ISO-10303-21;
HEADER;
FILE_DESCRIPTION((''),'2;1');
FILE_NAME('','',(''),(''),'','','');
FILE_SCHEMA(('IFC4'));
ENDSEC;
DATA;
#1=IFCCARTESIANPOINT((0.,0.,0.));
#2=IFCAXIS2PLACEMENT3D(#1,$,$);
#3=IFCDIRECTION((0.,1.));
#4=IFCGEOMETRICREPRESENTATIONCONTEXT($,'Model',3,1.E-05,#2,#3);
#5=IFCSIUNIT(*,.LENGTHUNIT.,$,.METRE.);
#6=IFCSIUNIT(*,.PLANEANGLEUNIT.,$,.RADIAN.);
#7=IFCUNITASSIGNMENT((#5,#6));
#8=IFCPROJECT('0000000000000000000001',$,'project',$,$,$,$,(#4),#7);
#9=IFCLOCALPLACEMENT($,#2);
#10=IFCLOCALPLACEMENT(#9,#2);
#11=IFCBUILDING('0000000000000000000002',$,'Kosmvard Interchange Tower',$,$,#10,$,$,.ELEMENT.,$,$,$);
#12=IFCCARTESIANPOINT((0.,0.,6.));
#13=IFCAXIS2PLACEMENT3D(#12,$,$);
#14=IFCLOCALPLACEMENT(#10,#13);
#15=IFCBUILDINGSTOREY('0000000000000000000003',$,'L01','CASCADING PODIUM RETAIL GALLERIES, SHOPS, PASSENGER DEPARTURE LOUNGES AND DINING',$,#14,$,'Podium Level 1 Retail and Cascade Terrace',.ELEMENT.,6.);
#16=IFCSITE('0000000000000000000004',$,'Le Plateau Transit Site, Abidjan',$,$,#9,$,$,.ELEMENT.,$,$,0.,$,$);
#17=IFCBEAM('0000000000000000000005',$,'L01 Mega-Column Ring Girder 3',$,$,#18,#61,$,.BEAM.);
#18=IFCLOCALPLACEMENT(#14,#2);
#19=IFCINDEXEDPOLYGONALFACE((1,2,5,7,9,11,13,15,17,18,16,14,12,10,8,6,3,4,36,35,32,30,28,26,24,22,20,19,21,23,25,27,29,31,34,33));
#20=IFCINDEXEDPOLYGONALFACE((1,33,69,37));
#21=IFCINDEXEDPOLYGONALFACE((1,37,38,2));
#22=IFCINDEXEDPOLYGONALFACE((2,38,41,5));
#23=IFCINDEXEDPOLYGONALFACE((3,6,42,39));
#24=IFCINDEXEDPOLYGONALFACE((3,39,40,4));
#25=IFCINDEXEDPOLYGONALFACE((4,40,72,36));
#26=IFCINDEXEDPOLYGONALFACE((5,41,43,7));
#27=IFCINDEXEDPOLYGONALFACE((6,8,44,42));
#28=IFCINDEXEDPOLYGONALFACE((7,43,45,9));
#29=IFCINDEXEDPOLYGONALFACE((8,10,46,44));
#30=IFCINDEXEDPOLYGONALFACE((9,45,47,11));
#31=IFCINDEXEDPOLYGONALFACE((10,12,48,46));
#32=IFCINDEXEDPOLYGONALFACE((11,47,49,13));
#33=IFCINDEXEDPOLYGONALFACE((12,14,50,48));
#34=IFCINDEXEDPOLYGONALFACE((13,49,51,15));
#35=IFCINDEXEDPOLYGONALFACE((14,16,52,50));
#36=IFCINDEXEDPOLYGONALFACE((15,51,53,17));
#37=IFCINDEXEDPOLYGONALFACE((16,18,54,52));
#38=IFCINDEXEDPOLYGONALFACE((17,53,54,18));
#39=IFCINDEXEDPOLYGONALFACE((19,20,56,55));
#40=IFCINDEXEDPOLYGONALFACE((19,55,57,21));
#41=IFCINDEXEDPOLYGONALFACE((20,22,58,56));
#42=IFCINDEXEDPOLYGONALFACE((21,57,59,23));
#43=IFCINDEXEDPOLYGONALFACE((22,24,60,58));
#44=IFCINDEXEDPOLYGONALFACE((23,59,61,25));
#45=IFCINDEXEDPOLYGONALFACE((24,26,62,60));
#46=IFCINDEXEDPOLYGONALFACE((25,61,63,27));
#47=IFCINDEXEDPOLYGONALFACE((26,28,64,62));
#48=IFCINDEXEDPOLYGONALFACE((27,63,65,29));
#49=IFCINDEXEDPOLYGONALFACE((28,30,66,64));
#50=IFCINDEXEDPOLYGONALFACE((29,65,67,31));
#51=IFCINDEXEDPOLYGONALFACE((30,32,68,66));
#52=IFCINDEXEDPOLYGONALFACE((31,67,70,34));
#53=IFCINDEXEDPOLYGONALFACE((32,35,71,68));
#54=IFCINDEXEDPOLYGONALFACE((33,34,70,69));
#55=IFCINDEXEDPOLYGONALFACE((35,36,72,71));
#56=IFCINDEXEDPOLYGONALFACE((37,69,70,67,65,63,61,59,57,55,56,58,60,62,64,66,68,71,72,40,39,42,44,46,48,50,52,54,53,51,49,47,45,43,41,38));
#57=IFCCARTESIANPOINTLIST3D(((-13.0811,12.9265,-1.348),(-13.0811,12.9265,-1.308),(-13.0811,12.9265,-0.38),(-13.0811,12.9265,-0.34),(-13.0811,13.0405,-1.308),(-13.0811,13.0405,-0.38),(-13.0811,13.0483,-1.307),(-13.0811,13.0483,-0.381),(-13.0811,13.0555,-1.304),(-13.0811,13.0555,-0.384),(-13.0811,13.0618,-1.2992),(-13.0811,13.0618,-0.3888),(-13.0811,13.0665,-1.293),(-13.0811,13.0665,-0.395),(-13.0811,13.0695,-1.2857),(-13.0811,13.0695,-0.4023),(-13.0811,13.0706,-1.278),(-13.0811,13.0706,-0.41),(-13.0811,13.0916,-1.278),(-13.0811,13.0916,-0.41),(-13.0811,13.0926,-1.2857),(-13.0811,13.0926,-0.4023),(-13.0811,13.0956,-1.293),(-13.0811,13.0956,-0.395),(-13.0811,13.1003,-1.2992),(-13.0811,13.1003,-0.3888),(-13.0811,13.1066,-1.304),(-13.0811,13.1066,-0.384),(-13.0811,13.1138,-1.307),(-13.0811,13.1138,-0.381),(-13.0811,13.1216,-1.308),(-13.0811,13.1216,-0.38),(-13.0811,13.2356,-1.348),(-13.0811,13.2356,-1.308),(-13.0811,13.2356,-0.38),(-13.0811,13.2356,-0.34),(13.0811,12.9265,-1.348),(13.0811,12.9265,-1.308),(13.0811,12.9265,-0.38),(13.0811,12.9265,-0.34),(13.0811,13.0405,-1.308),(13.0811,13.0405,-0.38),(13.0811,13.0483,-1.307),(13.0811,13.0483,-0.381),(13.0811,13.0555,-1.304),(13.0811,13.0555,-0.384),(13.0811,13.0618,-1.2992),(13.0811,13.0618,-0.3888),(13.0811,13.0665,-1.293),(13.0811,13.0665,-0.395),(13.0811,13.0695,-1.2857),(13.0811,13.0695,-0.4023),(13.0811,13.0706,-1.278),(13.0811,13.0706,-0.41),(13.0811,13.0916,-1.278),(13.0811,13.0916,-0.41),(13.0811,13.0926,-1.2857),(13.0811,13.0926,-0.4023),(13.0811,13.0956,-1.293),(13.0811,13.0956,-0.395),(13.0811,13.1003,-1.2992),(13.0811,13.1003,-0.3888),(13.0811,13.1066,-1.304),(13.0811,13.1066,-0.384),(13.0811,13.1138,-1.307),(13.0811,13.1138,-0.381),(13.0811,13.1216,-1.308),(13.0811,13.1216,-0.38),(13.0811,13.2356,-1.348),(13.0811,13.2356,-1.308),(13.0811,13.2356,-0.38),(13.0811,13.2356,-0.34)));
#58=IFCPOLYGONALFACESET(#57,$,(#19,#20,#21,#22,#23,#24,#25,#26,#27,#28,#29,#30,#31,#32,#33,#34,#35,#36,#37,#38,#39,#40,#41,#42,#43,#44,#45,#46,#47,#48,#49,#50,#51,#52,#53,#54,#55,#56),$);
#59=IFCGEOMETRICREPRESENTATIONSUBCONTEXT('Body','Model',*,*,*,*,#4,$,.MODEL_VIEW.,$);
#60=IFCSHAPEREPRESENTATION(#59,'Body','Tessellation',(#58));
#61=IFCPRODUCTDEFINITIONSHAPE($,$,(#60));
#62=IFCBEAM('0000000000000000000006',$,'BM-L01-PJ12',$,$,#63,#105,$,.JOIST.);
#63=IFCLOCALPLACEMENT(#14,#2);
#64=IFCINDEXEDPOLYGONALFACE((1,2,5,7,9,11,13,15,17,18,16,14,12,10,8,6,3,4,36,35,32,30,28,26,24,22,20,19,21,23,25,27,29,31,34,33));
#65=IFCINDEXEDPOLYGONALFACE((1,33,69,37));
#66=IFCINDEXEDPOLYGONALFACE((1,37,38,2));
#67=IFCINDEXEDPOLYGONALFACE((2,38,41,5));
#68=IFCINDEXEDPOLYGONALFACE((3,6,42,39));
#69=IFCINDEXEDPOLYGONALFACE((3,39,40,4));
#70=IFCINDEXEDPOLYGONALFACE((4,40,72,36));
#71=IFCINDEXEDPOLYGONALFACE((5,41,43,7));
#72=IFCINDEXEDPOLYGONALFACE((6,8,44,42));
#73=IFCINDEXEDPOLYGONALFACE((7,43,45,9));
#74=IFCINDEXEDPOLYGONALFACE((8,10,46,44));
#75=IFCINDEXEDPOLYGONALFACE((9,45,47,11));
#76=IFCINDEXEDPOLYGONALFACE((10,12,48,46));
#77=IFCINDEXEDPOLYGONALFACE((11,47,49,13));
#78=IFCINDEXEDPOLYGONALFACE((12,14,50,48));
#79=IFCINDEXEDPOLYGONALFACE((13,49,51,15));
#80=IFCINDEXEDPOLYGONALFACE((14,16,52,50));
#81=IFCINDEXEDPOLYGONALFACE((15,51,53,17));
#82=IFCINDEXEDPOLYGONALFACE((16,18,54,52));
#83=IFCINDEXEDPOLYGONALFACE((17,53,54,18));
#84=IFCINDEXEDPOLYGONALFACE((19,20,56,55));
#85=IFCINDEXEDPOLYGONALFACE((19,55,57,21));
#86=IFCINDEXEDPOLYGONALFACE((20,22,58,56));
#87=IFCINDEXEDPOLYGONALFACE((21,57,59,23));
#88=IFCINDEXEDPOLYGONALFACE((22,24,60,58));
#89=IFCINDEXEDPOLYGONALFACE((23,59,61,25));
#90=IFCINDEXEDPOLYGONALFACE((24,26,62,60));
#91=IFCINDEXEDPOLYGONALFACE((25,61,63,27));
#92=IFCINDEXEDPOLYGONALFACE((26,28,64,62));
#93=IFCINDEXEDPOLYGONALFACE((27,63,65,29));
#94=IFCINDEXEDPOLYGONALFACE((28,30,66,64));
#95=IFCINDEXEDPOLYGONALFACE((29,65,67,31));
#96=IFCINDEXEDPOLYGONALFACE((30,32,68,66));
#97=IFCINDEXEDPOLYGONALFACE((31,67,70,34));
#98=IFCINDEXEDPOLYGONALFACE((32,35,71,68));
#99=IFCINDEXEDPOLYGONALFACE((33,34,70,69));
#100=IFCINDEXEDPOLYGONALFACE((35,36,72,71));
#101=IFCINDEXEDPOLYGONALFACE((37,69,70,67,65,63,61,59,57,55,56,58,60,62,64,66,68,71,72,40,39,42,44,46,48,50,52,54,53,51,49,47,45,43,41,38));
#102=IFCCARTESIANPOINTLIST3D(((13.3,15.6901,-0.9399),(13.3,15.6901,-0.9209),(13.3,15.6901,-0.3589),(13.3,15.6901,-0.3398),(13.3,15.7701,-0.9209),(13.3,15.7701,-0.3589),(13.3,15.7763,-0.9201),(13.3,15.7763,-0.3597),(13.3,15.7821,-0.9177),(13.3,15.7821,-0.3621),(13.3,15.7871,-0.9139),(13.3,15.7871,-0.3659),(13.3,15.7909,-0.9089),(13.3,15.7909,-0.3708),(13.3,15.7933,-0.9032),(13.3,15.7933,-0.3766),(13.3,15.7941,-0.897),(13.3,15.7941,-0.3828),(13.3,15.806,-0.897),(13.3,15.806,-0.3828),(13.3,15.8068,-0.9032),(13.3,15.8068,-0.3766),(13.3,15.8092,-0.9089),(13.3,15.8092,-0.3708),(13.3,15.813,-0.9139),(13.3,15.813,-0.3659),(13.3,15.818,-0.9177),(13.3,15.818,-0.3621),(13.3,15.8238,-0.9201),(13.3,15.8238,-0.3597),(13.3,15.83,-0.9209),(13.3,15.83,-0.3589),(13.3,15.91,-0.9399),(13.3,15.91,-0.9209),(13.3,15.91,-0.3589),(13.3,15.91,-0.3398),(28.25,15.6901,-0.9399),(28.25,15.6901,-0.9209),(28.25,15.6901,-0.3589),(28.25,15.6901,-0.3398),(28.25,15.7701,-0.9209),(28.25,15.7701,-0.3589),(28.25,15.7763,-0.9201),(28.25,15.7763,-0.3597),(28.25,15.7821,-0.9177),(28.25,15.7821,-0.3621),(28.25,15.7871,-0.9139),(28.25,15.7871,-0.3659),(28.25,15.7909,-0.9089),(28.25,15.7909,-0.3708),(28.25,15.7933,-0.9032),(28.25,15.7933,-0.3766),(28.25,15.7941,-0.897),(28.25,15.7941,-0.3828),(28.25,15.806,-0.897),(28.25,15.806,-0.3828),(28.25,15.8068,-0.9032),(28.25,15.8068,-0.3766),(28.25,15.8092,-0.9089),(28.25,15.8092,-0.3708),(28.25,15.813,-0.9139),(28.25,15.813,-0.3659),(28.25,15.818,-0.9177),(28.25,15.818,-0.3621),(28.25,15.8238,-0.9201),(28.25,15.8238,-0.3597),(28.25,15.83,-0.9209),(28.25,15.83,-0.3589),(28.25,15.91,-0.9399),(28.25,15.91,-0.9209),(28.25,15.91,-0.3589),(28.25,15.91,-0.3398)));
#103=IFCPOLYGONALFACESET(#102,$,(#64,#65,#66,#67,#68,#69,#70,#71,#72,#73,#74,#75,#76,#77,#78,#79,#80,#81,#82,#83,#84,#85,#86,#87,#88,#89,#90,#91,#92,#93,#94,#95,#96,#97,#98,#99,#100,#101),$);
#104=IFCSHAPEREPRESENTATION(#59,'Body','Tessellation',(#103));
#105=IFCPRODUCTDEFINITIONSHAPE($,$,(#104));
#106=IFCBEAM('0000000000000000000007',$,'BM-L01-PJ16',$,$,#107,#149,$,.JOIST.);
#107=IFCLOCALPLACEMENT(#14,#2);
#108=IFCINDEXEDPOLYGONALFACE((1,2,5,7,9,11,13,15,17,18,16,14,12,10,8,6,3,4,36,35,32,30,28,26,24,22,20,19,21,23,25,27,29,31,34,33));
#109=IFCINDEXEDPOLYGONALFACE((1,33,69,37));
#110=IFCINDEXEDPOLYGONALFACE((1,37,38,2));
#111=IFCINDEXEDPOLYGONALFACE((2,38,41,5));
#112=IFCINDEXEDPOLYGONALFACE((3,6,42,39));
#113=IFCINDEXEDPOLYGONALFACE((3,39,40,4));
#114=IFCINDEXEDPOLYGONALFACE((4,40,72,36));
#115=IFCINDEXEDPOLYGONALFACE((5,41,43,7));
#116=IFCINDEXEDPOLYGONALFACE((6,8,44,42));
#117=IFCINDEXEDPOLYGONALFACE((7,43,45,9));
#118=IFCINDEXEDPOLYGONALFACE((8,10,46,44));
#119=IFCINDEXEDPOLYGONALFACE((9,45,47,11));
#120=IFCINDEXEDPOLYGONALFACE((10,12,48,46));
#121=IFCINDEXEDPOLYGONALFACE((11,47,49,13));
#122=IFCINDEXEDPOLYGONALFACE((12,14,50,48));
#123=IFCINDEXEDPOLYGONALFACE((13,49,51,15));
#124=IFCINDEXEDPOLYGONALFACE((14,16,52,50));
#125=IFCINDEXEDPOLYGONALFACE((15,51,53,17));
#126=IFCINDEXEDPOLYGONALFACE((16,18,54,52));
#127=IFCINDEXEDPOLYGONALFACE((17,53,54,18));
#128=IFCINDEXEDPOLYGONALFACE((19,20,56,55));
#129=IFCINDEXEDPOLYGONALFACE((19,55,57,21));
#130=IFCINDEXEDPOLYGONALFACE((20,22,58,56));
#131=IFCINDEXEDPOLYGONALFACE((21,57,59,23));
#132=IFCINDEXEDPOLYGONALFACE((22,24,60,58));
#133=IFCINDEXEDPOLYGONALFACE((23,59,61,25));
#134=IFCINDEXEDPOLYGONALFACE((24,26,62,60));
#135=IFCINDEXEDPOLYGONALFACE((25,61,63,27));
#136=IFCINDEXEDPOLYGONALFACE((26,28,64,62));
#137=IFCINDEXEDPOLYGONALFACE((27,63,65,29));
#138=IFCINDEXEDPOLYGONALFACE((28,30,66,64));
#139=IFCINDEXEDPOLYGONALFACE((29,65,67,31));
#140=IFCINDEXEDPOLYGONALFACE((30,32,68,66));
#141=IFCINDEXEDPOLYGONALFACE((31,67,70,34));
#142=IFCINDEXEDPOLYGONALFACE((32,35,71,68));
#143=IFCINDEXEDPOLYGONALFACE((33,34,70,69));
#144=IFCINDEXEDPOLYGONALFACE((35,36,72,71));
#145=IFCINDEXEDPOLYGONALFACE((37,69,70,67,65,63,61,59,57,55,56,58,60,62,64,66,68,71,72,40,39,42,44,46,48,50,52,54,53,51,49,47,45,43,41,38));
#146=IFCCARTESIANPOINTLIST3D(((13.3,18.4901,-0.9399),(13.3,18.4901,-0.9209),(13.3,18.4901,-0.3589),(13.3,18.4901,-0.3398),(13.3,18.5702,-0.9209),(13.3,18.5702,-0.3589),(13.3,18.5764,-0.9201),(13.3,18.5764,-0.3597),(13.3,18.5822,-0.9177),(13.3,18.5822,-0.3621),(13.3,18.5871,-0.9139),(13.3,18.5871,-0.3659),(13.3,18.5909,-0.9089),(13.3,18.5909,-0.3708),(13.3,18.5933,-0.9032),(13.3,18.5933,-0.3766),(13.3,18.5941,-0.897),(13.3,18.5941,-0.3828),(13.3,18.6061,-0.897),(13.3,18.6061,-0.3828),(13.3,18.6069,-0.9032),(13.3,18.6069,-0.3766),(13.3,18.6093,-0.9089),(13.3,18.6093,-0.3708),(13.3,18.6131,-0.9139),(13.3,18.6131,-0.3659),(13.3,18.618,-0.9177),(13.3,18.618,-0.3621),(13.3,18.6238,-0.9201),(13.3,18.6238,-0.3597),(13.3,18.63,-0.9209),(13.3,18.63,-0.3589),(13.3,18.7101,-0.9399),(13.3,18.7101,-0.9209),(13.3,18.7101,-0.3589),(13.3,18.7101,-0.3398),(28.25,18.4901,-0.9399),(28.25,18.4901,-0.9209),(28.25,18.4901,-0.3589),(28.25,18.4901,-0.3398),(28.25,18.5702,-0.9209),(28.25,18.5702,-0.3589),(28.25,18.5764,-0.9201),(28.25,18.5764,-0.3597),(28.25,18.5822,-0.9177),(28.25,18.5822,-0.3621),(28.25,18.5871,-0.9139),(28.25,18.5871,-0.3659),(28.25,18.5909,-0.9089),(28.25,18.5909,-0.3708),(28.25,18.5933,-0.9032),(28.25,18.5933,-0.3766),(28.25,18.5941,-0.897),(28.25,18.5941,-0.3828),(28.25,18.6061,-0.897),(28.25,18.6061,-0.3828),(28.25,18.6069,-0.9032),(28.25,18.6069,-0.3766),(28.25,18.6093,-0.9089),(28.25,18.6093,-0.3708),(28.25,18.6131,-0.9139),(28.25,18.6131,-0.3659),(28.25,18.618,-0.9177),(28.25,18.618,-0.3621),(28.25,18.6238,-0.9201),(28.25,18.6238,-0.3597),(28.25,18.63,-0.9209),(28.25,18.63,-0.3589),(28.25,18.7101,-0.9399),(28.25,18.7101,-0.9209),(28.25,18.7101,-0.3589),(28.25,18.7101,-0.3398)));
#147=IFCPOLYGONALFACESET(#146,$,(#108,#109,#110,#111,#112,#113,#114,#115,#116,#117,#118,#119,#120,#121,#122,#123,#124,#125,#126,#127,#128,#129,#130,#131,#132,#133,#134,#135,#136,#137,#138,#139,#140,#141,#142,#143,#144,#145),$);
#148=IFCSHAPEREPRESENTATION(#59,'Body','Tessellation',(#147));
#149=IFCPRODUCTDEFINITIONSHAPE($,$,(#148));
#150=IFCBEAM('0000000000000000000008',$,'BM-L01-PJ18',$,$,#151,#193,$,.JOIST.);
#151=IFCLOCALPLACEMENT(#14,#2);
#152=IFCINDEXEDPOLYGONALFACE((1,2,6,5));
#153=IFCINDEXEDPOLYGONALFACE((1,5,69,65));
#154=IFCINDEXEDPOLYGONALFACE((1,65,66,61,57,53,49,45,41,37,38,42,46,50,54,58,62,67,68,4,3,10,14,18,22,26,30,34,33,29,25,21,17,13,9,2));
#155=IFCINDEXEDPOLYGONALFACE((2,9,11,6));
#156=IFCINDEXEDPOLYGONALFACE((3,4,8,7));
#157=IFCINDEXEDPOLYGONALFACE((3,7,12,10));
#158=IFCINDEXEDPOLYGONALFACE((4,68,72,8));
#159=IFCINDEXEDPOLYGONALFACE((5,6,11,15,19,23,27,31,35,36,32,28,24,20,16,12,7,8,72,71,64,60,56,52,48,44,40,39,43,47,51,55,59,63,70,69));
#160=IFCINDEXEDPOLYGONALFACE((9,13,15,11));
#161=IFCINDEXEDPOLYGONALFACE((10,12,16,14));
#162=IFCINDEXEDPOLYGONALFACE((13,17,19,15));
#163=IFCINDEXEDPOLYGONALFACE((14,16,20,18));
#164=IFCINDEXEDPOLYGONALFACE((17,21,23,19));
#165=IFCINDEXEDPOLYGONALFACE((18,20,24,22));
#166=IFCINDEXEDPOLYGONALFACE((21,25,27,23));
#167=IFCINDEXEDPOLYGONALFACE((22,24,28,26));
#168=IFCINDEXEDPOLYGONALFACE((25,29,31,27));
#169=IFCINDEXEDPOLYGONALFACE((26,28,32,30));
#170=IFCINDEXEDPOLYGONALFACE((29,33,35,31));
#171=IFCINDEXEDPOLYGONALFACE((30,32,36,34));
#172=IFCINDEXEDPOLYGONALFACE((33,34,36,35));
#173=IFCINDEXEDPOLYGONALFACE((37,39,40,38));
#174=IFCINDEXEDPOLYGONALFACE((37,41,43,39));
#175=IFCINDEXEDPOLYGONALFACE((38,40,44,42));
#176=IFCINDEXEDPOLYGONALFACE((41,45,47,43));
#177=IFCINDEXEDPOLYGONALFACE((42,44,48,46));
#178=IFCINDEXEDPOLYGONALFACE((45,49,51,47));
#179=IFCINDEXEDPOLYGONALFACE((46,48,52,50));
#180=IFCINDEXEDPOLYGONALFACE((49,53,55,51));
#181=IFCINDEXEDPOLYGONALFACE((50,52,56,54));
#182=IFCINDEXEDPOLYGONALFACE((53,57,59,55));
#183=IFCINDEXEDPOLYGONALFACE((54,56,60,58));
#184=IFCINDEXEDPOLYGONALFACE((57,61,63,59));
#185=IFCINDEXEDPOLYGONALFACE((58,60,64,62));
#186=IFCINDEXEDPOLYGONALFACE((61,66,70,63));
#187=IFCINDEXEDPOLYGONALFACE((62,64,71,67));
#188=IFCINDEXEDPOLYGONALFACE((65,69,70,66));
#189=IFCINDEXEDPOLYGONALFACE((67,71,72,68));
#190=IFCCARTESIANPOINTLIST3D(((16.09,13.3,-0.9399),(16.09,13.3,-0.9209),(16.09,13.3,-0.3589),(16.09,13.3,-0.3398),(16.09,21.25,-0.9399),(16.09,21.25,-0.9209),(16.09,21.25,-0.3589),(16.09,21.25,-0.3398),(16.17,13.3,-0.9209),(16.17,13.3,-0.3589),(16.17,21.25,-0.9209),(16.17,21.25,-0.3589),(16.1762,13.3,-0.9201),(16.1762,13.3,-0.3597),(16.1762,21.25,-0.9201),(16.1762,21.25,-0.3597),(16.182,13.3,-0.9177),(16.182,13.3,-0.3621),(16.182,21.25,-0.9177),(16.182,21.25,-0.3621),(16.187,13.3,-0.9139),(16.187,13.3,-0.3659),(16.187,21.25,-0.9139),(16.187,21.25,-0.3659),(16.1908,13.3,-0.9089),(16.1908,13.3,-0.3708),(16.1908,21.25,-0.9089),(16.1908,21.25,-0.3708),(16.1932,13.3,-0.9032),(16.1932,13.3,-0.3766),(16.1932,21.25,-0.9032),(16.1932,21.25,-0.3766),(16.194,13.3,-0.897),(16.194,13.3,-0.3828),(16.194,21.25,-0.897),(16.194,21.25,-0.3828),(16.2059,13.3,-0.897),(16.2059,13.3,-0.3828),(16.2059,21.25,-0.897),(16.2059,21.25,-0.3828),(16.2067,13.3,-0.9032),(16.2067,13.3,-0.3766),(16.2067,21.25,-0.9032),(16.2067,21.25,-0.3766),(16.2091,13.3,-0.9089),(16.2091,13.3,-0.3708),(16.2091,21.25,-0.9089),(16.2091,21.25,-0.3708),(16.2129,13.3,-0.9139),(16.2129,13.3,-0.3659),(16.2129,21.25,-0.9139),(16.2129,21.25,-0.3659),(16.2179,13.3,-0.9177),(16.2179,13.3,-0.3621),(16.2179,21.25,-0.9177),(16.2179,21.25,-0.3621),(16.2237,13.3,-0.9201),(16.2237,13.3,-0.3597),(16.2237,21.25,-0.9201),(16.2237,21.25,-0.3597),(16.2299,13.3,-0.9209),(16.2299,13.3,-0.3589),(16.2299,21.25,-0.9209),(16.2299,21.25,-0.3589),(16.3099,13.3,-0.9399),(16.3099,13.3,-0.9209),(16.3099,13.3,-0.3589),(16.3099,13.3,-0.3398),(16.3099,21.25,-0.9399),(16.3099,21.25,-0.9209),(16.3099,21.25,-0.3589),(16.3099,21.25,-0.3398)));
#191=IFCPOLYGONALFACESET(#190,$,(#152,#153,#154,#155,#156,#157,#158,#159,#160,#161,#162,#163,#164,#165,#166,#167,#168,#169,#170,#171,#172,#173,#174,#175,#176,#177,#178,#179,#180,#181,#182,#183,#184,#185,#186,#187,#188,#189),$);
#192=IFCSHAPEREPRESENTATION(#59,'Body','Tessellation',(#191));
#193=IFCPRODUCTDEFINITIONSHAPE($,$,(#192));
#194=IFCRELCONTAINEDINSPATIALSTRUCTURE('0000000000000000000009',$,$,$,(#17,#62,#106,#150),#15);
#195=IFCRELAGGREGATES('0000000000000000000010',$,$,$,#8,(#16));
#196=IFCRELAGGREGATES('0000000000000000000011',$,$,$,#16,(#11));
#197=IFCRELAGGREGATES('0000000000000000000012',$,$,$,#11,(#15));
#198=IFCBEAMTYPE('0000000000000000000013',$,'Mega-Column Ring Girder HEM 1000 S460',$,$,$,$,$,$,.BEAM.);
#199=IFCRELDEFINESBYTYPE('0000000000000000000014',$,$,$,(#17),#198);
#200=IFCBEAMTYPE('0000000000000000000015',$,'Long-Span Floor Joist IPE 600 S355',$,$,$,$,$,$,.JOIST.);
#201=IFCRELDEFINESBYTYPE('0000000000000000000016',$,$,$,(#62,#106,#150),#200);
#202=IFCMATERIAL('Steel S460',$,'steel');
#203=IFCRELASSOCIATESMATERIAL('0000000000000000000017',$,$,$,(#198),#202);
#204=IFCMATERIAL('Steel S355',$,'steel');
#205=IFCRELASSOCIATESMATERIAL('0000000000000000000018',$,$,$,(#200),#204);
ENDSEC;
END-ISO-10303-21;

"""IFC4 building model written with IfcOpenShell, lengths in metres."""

from ifc_helpers import new_model, si_unit, direction, frame, origin, origin_2d, place, context, subcontext, project, spatial, i_section, extrude, source, transform, mapped, material, material_profile, profile_set, type_object, element, save


model = new_model("IFC4")

# Units and contexts
model_context = context("Model", 3, precision=1e-05, world=origin(), true_north=direction((0.0, 1.0)))
body_context = subcontext(model_context, "Body", "Model", "MODEL_VIEW")
ifc_project = project(units=[si_unit("LENGTHUNIT", "METRE"), si_unit("PLANEANGLEUNIT", "RADIAN")], contexts=[model_context])

# Site, building, storey
site_placement = place(None, origin())
site = spatial("IfcSite", under=ifc_project, at=site_placement, Name="Le Plateau Transit Site, Abidjan", CompositionType="ELEMENT", RefElevation=0.0)
building_placement = place(site_placement, origin())
building = spatial("IfcBuilding", under=site, at=building_placement, Name="Kosmvard Interchange Tower", CompositionType="ELEMENT")
storey_placement = place(building_placement, frame((0.0, 0.0, 6.0)))
storey = spatial("IfcBuildingStorey", under=building, at=storey_placement, Name="L01", Description="CASCADING PODIUM RETAIL GALLERIES, SHOPS, PASSENGER DEPARTURE LOUNGES AND DINING", LongName="Podium Level 1 Retail and Cascade Terrace", CompositionType="ELEMENT", Elevation=6.0)

# Beams
ifc_material_1 = material(Name="Steel S460", Category="steel")
ifc_material_profile_1 = material_profile(ifc_material_1, i_section(OverallWidth=0.3091, OverallDepth=1.0081, WebThickness=0.021, FlangeThickness=0.04, FilletRadius=0.03, at=origin_2d()), Name="HEM 1000")
ifc_profile_set_1 = profile_set([ifc_material_profile_1], Name="Steel S460")
beam_type_1 = type_object("IfcBeamType", Name="Mega-Column Ring Girder HEM 1000 S460", PredefinedType="BEAM", material=ifc_profile_set_1)
shared_shape_1 = source(origin(), body_context, "Body", "SweptSolid", [
    extrude(i_section(OverallWidth=0.3091, OverallDepth=1.0081, WebThickness=0.021, FlangeThickness=0.04, FilletRadius=0.03, at=origin_2d()), origin(), (0.0, 0.0, 1.0), 26.1621),
])
beam_1_placement = place(storey_placement, frame((13.0811, 13.0811, -0.844), z_axis=(-1.0, 0.0, 0.0), x_axis=(0.0, -1.0, 0.0)))
element("IfcBeam", 1, at=beam_1_placement, inside=storey, type_object=beam_type_1, Name="L01 Mega-Column Ring Girder 3", PredefinedType="BEAM", context=body_context, shape_type="MappedRepresentation", body=[
    mapped(shared_shape_1, transform((0.0, 0.0, 0.0), scale=1.0)),
])
ifc_material_2 = material(Name="Steel S355", Category="steel")
ifc_material_profile_2 = material_profile(ifc_material_2, i_section(OverallWidth=0.22, OverallDepth=0.6001, WebThickness=0.012, FlangeThickness=0.019, FilletRadius=0.0239, at=origin_2d()), Name="IPE 600")
ifc_profile_set_2 = profile_set([ifc_material_profile_2], Name="Steel S355")
beam_type_2 = type_object("IfcBeamType", Name="Long-Span Floor Joist IPE 600 S355", PredefinedType="JOIST", material=ifc_profile_set_2)
shared_shape_2 = source(origin(), body_context, "Body", "SweptSolid", [
    extrude(i_section(OverallWidth=0.22, OverallDepth=0.6001, WebThickness=0.012, FlangeThickness=0.019, FilletRadius=0.0239, at=origin_2d()), origin(), (0.0, 0.0, 1.0), 14.95),
])
for number, where, z_axis, x_axis, name in (
    (2, (13.3, 15.8, -0.6399), (1.0, 0.0, 0.0), (0.0, 1.0, 0.0), "BM-L01-PJ12"),
    (3, (13.3, 18.6001, -0.6399), (1.0, 0.0, 0.0), (0.0, 1.0, 0.0), "BM-L01-PJ16"),
):
    element("IfcBeam", number, at=place(storey_placement, frame(where, z_axis=z_axis, x_axis=x_axis)), inside=storey, type_object=beam_type_2, Name=name, PredefinedType="JOIST", context=body_context, shape_type="MappedRepresentation", body=[
        mapped(shared_shape_2, transform((0.0, 0.0, 0.0), scale=1.0)),
    ])
shared_shape_3 = source(origin(), body_context, "Body", "SweptSolid", [
    extrude(i_section(OverallWidth=0.22, OverallDepth=0.6001, WebThickness=0.012, FlangeThickness=0.019, FilletRadius=0.0239, at=origin_2d()), origin(), (0.0, 0.0, 1.0), 7.95),
])
beam_2_placement = place(storey_placement, frame((16.2, 13.3, -0.6399), z_axis=(0.0, 1.0, 0.0), x_axis=(-1.0, 0.0, 0.0)))
element("IfcBeam", 4, at=beam_2_placement, inside=storey, type_object=beam_type_2, Name="BM-L01-PJ18", PredefinedType="JOIST", context=body_context, shape_type="MappedRepresentation", body=[
    mapped(shared_shape_3, transform((0.0, 0.0, 0.0), scale=1.0)),
])

save(model, "model.ifc")
